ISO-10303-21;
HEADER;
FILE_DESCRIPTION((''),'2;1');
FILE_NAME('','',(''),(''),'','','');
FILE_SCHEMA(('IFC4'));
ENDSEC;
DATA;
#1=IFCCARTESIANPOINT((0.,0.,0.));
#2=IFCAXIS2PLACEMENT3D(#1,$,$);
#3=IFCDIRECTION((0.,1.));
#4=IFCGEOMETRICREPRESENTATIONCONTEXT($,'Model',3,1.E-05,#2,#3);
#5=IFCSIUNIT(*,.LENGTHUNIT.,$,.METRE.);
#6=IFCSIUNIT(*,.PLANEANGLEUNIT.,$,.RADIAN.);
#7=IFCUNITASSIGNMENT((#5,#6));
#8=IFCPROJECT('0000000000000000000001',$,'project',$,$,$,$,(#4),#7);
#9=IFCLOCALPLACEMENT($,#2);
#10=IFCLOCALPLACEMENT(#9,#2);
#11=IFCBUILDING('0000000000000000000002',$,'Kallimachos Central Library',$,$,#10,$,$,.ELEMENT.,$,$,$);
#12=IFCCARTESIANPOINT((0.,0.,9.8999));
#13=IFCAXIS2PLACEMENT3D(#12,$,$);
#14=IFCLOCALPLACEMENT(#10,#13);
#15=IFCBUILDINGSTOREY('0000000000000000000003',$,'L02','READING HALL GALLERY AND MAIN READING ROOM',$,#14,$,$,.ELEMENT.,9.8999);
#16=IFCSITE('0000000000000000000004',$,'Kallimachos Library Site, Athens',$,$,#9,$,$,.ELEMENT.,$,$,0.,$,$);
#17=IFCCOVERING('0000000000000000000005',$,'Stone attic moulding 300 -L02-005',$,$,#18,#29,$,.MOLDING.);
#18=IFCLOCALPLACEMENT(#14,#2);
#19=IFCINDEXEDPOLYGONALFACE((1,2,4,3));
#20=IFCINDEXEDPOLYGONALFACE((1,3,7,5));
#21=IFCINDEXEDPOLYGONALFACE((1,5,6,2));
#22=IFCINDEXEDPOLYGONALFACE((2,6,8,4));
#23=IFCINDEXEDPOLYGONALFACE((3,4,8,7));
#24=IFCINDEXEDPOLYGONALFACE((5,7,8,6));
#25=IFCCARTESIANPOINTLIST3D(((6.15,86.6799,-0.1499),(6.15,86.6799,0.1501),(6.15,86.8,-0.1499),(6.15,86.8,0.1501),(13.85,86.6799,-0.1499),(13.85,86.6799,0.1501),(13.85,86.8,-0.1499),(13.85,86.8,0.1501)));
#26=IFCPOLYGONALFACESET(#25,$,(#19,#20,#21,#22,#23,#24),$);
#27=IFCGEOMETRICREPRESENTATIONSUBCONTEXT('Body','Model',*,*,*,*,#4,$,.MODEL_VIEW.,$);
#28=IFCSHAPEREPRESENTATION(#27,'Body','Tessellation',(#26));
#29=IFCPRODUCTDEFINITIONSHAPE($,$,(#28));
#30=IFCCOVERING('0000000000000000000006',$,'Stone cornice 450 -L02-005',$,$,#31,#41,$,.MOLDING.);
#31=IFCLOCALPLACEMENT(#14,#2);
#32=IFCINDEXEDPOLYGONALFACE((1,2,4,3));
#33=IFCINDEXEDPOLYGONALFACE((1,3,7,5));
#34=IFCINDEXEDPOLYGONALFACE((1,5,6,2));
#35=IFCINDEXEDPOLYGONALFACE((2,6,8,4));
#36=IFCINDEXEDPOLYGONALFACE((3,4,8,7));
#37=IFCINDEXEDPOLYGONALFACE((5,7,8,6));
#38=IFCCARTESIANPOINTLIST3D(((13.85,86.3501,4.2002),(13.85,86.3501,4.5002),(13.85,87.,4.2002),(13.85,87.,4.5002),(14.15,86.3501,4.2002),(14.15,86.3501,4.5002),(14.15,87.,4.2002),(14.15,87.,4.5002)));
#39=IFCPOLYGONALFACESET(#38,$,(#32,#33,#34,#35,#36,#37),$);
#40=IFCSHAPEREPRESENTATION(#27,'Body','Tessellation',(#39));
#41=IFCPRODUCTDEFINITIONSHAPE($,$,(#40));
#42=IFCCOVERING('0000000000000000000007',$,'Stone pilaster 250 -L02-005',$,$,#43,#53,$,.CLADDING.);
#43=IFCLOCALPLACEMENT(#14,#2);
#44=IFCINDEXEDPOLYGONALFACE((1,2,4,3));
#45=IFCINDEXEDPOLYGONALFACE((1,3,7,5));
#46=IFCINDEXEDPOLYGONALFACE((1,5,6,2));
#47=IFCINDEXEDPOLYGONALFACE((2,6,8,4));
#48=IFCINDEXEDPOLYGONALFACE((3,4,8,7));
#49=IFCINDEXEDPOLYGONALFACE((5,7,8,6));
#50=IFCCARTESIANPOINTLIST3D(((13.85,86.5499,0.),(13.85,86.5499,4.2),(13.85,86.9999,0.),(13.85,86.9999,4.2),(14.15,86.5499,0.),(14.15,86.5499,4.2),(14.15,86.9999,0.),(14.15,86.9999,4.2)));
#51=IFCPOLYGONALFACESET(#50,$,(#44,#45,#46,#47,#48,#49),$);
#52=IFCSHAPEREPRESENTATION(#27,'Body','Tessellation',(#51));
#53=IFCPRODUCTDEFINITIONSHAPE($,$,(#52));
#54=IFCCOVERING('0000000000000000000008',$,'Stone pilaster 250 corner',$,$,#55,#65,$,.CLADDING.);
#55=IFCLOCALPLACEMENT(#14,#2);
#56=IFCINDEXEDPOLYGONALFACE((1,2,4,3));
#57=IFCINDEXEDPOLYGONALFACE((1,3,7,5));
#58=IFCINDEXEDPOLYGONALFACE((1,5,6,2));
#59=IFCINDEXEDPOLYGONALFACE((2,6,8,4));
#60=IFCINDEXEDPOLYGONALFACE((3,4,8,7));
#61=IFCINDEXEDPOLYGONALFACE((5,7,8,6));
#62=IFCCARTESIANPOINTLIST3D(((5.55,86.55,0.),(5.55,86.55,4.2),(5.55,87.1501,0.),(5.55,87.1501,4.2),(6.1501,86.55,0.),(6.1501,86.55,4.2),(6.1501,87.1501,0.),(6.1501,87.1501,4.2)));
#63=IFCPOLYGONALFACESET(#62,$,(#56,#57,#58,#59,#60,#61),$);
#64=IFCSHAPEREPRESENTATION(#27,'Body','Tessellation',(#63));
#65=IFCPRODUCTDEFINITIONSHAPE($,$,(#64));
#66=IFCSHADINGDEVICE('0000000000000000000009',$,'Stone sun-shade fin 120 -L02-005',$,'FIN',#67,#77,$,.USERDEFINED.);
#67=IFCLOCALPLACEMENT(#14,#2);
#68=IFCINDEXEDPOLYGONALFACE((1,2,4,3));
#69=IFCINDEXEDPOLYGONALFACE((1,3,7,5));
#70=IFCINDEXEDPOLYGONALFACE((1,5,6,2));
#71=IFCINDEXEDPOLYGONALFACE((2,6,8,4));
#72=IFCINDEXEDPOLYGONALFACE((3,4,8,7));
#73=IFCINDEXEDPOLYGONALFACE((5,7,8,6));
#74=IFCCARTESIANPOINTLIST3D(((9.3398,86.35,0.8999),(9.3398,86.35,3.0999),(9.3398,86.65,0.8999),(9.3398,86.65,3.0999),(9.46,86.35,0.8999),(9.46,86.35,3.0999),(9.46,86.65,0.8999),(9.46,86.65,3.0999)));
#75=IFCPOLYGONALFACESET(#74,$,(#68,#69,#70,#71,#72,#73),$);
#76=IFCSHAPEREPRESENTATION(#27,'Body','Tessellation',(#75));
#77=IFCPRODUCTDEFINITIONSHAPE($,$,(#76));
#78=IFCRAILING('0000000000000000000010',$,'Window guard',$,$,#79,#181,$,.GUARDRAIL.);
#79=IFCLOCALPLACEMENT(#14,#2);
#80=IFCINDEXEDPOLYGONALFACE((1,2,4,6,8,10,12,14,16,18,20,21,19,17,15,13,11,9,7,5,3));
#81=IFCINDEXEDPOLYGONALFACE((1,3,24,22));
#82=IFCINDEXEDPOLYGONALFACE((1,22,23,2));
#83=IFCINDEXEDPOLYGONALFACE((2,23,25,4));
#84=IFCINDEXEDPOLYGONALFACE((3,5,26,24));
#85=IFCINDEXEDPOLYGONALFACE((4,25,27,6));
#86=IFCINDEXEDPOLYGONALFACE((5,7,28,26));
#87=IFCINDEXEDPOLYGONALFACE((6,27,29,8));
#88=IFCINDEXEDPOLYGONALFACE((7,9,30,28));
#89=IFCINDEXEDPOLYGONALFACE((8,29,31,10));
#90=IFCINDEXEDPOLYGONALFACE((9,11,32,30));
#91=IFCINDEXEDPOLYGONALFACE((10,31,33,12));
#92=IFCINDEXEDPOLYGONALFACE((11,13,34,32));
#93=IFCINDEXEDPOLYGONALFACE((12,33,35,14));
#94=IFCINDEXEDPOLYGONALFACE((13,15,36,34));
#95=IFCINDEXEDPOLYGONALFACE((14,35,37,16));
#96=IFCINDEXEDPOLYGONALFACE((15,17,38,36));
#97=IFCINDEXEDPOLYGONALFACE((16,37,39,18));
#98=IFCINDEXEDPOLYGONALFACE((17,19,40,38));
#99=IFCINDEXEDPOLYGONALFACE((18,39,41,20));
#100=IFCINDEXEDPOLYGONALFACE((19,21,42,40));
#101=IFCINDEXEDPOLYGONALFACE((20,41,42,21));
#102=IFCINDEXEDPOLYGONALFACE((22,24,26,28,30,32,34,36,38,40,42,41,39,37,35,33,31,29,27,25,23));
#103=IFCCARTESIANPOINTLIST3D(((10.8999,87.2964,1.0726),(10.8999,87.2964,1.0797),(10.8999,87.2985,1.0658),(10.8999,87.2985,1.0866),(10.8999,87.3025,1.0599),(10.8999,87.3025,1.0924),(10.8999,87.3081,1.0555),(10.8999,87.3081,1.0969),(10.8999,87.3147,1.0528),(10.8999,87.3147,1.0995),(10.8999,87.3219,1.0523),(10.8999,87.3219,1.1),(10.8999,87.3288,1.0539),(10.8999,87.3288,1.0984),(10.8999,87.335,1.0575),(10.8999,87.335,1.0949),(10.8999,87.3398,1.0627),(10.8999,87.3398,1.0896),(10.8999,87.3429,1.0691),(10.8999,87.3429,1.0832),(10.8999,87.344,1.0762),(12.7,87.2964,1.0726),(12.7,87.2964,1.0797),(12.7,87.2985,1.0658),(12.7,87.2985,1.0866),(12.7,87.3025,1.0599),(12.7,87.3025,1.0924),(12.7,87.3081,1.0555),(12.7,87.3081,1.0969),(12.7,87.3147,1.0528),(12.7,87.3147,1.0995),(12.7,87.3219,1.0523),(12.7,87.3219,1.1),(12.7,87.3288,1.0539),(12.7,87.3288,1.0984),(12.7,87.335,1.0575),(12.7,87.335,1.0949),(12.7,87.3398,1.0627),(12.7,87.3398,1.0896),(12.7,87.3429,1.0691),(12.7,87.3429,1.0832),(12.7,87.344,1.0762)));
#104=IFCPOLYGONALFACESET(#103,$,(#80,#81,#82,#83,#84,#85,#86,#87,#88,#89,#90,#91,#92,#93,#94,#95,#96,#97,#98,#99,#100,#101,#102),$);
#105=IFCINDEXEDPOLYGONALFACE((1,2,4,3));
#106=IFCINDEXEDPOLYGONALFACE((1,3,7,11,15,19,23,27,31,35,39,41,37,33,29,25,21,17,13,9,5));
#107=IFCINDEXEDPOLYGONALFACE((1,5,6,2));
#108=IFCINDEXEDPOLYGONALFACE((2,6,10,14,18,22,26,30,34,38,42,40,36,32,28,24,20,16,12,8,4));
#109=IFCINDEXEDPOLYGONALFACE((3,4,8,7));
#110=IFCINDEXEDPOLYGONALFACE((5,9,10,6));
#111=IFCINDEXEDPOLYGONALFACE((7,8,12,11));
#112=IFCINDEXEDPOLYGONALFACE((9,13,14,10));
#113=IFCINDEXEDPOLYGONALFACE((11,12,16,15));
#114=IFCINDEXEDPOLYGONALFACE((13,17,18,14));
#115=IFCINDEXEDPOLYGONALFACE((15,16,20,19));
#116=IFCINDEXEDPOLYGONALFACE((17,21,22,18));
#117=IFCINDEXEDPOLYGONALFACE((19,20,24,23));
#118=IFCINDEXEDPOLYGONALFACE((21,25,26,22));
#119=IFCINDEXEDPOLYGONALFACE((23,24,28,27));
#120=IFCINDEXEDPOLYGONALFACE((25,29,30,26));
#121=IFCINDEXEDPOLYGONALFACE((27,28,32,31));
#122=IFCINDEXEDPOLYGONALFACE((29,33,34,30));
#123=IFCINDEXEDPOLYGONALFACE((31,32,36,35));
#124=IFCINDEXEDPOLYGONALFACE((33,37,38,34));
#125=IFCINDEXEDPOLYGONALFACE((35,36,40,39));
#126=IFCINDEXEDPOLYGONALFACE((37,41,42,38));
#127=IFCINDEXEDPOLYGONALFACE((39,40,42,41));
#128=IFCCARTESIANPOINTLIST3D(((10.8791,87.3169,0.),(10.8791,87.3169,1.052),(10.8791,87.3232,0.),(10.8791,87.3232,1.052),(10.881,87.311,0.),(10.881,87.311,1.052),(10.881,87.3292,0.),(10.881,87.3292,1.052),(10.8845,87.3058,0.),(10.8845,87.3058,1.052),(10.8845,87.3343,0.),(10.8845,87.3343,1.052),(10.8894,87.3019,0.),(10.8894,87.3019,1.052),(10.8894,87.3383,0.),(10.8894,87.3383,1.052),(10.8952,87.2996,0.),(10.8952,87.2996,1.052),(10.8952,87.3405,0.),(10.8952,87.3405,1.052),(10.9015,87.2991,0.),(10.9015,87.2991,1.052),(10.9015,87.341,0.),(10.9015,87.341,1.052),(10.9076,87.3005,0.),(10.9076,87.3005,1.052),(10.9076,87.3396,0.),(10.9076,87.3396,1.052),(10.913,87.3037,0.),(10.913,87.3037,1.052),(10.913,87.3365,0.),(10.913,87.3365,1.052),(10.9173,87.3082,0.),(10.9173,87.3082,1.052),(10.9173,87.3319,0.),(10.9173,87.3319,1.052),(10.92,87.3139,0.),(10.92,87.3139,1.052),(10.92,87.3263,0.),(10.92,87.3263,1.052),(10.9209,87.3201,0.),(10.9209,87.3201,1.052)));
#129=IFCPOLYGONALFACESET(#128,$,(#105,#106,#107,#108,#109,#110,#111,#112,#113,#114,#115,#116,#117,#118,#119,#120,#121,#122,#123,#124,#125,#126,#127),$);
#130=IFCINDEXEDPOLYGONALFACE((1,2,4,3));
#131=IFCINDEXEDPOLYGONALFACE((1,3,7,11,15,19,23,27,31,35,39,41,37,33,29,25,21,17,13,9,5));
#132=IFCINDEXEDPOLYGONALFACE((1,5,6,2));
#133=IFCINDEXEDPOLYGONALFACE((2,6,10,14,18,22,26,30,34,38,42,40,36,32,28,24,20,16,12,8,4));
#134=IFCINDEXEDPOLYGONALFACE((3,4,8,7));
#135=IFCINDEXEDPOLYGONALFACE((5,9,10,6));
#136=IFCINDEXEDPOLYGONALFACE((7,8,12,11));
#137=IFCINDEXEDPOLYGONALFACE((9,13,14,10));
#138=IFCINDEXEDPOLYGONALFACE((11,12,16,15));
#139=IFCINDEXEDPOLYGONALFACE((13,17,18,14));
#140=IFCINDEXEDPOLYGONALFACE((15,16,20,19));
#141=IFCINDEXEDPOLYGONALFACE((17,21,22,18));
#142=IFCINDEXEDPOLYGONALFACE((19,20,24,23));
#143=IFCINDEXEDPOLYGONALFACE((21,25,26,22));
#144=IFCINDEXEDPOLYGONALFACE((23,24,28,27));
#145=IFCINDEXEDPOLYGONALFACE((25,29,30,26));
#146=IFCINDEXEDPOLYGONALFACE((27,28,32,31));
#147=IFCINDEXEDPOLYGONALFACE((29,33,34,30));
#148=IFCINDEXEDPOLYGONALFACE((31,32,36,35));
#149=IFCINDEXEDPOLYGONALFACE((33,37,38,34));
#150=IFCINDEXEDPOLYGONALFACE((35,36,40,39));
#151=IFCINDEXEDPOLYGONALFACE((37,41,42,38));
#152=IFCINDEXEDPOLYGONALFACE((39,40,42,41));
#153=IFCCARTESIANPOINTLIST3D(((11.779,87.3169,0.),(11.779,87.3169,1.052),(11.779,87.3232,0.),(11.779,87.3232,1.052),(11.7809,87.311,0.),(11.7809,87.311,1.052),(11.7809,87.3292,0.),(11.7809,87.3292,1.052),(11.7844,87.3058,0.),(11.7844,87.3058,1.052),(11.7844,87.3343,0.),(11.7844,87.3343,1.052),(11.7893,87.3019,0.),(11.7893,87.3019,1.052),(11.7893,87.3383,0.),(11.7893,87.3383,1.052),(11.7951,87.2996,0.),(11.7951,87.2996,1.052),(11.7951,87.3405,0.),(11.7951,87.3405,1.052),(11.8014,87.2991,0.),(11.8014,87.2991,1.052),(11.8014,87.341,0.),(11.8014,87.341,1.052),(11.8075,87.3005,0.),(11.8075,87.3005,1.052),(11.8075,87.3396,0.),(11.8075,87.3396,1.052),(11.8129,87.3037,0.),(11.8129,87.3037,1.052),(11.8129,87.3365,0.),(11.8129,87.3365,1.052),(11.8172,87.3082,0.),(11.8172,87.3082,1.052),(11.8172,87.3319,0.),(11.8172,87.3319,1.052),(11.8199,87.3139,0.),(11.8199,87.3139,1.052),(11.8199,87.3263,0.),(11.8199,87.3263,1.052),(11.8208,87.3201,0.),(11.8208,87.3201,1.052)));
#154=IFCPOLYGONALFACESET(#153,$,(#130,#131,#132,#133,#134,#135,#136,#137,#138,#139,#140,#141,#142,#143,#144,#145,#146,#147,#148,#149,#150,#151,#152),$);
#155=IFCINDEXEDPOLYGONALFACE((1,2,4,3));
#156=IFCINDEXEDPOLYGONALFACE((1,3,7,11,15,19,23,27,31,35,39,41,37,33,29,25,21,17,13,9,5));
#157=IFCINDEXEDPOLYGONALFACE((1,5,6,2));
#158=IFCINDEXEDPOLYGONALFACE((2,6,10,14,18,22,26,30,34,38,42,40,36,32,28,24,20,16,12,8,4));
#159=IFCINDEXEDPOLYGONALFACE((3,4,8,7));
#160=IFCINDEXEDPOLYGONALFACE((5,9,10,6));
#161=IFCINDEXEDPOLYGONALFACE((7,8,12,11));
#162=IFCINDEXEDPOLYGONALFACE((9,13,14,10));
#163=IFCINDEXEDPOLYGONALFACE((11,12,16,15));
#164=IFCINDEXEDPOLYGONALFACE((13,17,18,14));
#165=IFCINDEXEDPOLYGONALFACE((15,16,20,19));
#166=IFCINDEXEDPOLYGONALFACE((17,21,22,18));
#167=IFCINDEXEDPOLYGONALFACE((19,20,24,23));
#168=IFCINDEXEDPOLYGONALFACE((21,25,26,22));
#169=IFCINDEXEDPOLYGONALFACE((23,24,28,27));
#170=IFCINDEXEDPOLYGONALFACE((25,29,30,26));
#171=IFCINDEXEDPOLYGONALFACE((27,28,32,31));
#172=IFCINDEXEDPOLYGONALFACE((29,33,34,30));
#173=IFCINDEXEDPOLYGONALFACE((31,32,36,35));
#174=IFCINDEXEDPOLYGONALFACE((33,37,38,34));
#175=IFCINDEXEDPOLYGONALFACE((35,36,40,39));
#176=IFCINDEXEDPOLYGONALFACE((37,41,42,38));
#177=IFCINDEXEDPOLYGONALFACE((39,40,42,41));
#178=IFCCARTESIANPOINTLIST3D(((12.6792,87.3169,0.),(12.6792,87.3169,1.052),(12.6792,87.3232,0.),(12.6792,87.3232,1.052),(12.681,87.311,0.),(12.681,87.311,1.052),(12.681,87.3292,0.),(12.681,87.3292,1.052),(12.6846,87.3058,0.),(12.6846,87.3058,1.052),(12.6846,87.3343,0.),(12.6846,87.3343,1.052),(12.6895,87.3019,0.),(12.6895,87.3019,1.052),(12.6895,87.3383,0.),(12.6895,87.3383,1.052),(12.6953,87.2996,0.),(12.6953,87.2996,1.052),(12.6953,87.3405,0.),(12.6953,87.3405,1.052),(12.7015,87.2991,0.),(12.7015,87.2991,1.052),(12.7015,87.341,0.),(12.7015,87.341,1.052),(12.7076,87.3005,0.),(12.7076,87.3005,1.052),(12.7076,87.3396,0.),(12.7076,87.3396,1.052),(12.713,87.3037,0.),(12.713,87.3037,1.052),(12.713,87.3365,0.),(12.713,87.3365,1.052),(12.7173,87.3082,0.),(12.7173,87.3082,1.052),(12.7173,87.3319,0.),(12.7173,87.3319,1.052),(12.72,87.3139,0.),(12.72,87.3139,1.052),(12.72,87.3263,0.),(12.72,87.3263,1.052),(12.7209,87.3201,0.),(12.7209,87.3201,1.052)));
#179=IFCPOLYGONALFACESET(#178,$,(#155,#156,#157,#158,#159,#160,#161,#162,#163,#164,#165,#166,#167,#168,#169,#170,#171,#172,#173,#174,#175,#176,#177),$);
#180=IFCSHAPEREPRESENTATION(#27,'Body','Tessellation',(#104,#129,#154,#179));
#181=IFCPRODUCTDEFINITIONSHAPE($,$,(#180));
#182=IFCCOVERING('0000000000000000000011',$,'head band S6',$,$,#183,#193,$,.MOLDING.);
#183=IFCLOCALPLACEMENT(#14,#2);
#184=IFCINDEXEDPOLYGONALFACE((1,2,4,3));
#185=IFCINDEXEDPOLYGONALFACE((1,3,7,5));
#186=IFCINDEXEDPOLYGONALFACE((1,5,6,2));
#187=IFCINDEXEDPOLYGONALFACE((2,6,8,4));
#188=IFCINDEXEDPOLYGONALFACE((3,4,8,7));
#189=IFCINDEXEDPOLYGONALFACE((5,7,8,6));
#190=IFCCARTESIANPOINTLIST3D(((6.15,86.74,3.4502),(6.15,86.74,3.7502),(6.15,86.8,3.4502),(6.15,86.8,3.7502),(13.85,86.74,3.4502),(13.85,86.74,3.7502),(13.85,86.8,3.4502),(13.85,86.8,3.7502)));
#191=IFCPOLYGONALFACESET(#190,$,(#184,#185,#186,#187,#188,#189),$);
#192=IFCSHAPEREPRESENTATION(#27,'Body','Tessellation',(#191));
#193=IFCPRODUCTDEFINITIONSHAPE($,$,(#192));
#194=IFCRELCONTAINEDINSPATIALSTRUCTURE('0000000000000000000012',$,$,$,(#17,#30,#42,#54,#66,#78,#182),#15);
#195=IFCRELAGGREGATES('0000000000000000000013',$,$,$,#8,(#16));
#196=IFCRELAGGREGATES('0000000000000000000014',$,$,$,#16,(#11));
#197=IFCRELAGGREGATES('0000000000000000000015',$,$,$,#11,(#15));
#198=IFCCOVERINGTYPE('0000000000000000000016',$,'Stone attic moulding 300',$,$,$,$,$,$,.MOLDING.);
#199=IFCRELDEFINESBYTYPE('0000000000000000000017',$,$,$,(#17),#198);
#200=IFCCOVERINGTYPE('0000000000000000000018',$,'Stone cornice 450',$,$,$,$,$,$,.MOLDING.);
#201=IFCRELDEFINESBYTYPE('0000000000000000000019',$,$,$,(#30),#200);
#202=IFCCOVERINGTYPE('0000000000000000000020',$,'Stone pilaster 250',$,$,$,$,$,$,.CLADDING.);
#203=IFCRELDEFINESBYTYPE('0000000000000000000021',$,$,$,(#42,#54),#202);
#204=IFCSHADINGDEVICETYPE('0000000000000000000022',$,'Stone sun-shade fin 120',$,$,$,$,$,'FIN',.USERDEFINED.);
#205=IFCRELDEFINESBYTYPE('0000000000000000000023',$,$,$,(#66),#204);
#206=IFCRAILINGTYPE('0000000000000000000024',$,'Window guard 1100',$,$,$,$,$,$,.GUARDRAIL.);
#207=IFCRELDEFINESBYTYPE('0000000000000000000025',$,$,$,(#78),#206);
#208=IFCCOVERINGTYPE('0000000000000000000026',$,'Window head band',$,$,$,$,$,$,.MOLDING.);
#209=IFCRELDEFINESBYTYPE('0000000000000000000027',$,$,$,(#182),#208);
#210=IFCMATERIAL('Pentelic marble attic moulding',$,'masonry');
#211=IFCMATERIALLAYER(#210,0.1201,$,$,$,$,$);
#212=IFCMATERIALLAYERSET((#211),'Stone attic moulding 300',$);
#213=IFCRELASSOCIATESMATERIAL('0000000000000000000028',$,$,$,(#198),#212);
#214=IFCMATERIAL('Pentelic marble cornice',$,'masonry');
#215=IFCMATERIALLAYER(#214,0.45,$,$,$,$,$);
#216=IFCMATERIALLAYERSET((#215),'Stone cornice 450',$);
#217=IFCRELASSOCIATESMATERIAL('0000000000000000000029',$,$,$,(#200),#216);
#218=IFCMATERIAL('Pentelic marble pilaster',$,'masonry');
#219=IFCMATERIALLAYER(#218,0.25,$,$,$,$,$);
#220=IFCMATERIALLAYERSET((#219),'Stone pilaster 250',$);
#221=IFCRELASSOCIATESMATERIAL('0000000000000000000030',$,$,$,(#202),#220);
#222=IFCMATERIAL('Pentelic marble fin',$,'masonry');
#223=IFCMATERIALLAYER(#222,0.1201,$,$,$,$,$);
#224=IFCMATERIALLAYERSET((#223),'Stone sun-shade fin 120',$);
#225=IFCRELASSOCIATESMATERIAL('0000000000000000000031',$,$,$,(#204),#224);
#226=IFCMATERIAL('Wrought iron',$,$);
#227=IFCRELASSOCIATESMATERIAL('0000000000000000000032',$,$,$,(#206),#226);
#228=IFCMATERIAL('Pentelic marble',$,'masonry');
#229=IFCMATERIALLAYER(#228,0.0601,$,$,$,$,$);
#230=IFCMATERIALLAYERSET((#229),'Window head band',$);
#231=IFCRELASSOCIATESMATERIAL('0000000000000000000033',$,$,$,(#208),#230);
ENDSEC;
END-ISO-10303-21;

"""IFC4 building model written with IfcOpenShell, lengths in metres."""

from ifc_helpers import new_model, si_unit, direction, frame, origin, origin_2d, place, context, subcontext, project, spatial, rectangle, circle, extrude, material, layer, layer_set, type_object, element, save


model = new_model("IFC4")

# Units and contexts
model_context = context("Model", 3, precision=1e-05, world=origin(), true_north=direction((0.0, 1.0)))
body_context = subcontext(model_context, "Body", "Model", "MODEL_VIEW")
ifc_project = project(units=[si_unit("LENGTHUNIT", "METRE"), si_unit("PLANEANGLEUNIT", "RADIAN")], contexts=[model_context])

# Site, building, storey
site_placement = place(None, origin())
site = spatial("IfcSite", under=ifc_project, at=site_placement, Name="Kallimachos Library Site, Athens", CompositionType="ELEMENT", RefElevation=0.0)
building_placement = place(site_placement, origin())
building = spatial("IfcBuilding", under=site, at=building_placement, Name="Kallimachos Central Library", CompositionType="ELEMENT")
storey_placement = place(building_placement, frame((0.0, 0.0, 9.8999)))
storey = spatial("IfcBuildingStorey", under=building, at=storey_placement, Name="L02", Description="READING HALL GALLERY AND MAIN READING ROOM", CompositionType="ELEMENT", Elevation=9.8999)

# Coverings
ifc_material_1 = material(Name="Pentelic marble attic moulding", Category="masonry")
ifc_layer_1 = layer(ifc_material_1, 0.1201)
ifc_layer_set_1 = layer_set([ifc_layer_1], Name="Stone attic moulding 300")
covering_type_1 = type_object("IfcCoveringType", Name="Stone attic moulding 300", PredefinedType="MOLDING", material=ifc_layer_set_1)
covering_1_placement = place(storey_placement, frame((10.0, 86.74, -0.1499), z_axis=(0.0, 0.0, 1.0), x_axis=(1.0, 0.0, 0.0)))
element("IfcCovering", 1, at=covering_1_placement, inside=storey, type_object=covering_type_1, Name="Stone attic moulding 300 -L02-005", PredefinedType="MOLDING", context=body_context, shape_type="SweptSolid", body=[
    extrude(rectangle(XDim=7.7, YDim=0.1201, at=origin_2d()), origin(), (0.0, 0.0, 1.0), 0.3),
])
ifc_material_2 = material(Name="Pentelic marble cornice", Category="masonry")
ifc_layer_2 = layer(ifc_material_2, 0.45)
ifc_layer_set_2 = layer_set([ifc_layer_2], Name="Stone cornice 450")
covering_type_2 = type_object("IfcCoveringType", Name="Stone cornice 450", PredefinedType="MOLDING", material=ifc_layer_set_2)
covering_2_placement = place(storey_placement, frame((14.0, 86.675, 4.2002), z_axis=(0.0, 0.0, 1.0), x_axis=(1.0, 0.0, 0.0)))
element("IfcCovering", 2, at=covering_2_placement, inside=storey, type_object=covering_type_2, Name="Stone cornice 450 -L02-005", PredefinedType="MOLDING", context=body_context, shape_type="SweptSolid", body=[
    extrude(rectangle(XDim=0.3, YDim=0.6499, at=origin_2d()), origin(), (0.0, 0.0, 1.0), 0.3),
])
ifc_material_3 = material(Name="Pentelic marble pilaster", Category="masonry")
ifc_layer_3 = layer(ifc_material_3, 0.25)
ifc_layer_set_3 = layer_set([ifc_layer_3], Name="Stone pilaster 250")
covering_type_3 = type_object("IfcCoveringType", Name="Stone pilaster 250", PredefinedType="CLADDING", material=ifc_layer_set_3)
covering_3_placement = place(storey_placement, frame((14.0, 86.7749, 0.0), z_axis=(0.0, 0.0, 1.0), x_axis=(1.0, 0.0, 0.0)))
element("IfcCovering", 3, at=covering_3_placement, inside=storey, type_object=covering_type_3, Name="Stone pilaster 250 -L02-005", PredefinedType="CLADDING", context=body_context, shape_type="SweptSolid", body=[
    extrude(rectangle(XDim=0.3, YDim=0.45, at=origin_2d()), origin(), (0.0, 0.0, 1.0), 4.2),
])
covering_4_placement = place(storey_placement, frame((5.8501, 86.8501, 0.0), z_axis=(0.0, 0.0, 1.0), x_axis=(1.0, 0.0, 0.0)))
element("IfcCovering", 4, at=covering_4_placement, inside=storey, type_object=covering_type_3, Name="Stone pilaster 250 corner", PredefinedType="CLADDING", context=body_context, shape_type="SweptSolid", body=[
    extrude(rectangle(XDim=0.6001, YDim=0.6001, at=origin_2d()), origin(), (0.0, 0.0, 1.0), 4.2),
])

# Shading device
ifc_material_4 = material(Name="Pentelic marble fin", Category="masonry")
ifc_layer_4 = layer(ifc_material_4, 0.1201)
ifc_layer_set_4 = layer_set([ifc_layer_4], Name="Stone sun-shade fin 120")
shading_device_type = type_object("IfcShadingDeviceType", Name="Stone sun-shade fin 120", ElementType="FIN", PredefinedType="USERDEFINED", material=ifc_layer_set_4)
shading_device_placement = place(storey_placement, frame((9.3999, 86.5, 0.8999), z_axis=(0.0, 0.0, 1.0), x_axis=(1.0, 0.0, 0.0)))
element("IfcShadingDevice", 5, at=shading_device_placement, inside=storey, type_object=shading_device_type, Name="Stone sun-shade fin 120 -L02-005", ObjectType="FIN", PredefinedType="USERDEFINED", context=body_context, shape_type="SweptSolid", body=[
    extrude(rectangle(XDim=0.1201, YDim=0.3, at=origin_2d()), origin(), (0.0, 0.0, 1.0), 2.2),
])

# Railing
ifc_material_5 = material(Name="Wrought iron")
railing_type = type_object("IfcRailingType", Name="Window guard 1100", PredefinedType="GUARDRAIL", material=ifc_material_5)
railing_placement = place(storey_placement, frame((10.8999, 87.3201, 0.0)))
element("IfcRailing", 6, at=railing_placement, inside=storey, type_object=railing_type, Name="Window guard", PredefinedType="GUARDRAIL", context=body_context, shape_type="SweptSolid", body=[
    extrude(circle(Radius=0.0239, at=origin_2d()), frame((0.0, 0.0, 1.0762), z_axis=(1.0, 0.0, 0.0), x_axis=(0.0, 1.0, 0.0)), (0.0, 0.0, 1.0), 1.8),
    extrude(circle(Radius=0.021, at=origin_2d()), origin(), (0.0, 0.0, 1.0), 1.052),
    extrude(circle(Radius=0.021, at=origin_2d()), frame((0.8999, 0.0, 0.0)), (0.0, 0.0, 1.0), 1.052),
    extrude(circle(Radius=0.021, at=origin_2d()), frame((1.8, 0.0, 0.0)), (0.0, 0.0, 1.0), 1.052),
])

# Covering
ifc_material_6 = material(Name="Pentelic marble", Category="masonry")
ifc_layer_5 = layer(ifc_material_6, 0.0601)
ifc_layer_set_5 = layer_set([ifc_layer_5], Name="Window head band")
covering_type_4 = type_object("IfcCoveringType", Name="Window head band", PredefinedType="MOLDING", material=ifc_layer_set_5)
covering_5_placement = place(storey_placement, frame((10.0, 86.77, 3.4502), z_axis=(0.0, 0.0, 1.0), x_axis=(1.0, 0.0, 0.0)))
element("IfcCovering", 7, at=covering_5_placement, inside=storey, type_object=covering_type_4, Name="head band S6", PredefinedType="MOLDING", context=body_context, shape_type="SweptSolid", body=[
    extrude(rectangle(XDim=7.7, YDim=0.0601, at=origin_2d()), origin(), (0.0, 0.0, 1.0), 0.3),
])

save(model, "model.ifc")
